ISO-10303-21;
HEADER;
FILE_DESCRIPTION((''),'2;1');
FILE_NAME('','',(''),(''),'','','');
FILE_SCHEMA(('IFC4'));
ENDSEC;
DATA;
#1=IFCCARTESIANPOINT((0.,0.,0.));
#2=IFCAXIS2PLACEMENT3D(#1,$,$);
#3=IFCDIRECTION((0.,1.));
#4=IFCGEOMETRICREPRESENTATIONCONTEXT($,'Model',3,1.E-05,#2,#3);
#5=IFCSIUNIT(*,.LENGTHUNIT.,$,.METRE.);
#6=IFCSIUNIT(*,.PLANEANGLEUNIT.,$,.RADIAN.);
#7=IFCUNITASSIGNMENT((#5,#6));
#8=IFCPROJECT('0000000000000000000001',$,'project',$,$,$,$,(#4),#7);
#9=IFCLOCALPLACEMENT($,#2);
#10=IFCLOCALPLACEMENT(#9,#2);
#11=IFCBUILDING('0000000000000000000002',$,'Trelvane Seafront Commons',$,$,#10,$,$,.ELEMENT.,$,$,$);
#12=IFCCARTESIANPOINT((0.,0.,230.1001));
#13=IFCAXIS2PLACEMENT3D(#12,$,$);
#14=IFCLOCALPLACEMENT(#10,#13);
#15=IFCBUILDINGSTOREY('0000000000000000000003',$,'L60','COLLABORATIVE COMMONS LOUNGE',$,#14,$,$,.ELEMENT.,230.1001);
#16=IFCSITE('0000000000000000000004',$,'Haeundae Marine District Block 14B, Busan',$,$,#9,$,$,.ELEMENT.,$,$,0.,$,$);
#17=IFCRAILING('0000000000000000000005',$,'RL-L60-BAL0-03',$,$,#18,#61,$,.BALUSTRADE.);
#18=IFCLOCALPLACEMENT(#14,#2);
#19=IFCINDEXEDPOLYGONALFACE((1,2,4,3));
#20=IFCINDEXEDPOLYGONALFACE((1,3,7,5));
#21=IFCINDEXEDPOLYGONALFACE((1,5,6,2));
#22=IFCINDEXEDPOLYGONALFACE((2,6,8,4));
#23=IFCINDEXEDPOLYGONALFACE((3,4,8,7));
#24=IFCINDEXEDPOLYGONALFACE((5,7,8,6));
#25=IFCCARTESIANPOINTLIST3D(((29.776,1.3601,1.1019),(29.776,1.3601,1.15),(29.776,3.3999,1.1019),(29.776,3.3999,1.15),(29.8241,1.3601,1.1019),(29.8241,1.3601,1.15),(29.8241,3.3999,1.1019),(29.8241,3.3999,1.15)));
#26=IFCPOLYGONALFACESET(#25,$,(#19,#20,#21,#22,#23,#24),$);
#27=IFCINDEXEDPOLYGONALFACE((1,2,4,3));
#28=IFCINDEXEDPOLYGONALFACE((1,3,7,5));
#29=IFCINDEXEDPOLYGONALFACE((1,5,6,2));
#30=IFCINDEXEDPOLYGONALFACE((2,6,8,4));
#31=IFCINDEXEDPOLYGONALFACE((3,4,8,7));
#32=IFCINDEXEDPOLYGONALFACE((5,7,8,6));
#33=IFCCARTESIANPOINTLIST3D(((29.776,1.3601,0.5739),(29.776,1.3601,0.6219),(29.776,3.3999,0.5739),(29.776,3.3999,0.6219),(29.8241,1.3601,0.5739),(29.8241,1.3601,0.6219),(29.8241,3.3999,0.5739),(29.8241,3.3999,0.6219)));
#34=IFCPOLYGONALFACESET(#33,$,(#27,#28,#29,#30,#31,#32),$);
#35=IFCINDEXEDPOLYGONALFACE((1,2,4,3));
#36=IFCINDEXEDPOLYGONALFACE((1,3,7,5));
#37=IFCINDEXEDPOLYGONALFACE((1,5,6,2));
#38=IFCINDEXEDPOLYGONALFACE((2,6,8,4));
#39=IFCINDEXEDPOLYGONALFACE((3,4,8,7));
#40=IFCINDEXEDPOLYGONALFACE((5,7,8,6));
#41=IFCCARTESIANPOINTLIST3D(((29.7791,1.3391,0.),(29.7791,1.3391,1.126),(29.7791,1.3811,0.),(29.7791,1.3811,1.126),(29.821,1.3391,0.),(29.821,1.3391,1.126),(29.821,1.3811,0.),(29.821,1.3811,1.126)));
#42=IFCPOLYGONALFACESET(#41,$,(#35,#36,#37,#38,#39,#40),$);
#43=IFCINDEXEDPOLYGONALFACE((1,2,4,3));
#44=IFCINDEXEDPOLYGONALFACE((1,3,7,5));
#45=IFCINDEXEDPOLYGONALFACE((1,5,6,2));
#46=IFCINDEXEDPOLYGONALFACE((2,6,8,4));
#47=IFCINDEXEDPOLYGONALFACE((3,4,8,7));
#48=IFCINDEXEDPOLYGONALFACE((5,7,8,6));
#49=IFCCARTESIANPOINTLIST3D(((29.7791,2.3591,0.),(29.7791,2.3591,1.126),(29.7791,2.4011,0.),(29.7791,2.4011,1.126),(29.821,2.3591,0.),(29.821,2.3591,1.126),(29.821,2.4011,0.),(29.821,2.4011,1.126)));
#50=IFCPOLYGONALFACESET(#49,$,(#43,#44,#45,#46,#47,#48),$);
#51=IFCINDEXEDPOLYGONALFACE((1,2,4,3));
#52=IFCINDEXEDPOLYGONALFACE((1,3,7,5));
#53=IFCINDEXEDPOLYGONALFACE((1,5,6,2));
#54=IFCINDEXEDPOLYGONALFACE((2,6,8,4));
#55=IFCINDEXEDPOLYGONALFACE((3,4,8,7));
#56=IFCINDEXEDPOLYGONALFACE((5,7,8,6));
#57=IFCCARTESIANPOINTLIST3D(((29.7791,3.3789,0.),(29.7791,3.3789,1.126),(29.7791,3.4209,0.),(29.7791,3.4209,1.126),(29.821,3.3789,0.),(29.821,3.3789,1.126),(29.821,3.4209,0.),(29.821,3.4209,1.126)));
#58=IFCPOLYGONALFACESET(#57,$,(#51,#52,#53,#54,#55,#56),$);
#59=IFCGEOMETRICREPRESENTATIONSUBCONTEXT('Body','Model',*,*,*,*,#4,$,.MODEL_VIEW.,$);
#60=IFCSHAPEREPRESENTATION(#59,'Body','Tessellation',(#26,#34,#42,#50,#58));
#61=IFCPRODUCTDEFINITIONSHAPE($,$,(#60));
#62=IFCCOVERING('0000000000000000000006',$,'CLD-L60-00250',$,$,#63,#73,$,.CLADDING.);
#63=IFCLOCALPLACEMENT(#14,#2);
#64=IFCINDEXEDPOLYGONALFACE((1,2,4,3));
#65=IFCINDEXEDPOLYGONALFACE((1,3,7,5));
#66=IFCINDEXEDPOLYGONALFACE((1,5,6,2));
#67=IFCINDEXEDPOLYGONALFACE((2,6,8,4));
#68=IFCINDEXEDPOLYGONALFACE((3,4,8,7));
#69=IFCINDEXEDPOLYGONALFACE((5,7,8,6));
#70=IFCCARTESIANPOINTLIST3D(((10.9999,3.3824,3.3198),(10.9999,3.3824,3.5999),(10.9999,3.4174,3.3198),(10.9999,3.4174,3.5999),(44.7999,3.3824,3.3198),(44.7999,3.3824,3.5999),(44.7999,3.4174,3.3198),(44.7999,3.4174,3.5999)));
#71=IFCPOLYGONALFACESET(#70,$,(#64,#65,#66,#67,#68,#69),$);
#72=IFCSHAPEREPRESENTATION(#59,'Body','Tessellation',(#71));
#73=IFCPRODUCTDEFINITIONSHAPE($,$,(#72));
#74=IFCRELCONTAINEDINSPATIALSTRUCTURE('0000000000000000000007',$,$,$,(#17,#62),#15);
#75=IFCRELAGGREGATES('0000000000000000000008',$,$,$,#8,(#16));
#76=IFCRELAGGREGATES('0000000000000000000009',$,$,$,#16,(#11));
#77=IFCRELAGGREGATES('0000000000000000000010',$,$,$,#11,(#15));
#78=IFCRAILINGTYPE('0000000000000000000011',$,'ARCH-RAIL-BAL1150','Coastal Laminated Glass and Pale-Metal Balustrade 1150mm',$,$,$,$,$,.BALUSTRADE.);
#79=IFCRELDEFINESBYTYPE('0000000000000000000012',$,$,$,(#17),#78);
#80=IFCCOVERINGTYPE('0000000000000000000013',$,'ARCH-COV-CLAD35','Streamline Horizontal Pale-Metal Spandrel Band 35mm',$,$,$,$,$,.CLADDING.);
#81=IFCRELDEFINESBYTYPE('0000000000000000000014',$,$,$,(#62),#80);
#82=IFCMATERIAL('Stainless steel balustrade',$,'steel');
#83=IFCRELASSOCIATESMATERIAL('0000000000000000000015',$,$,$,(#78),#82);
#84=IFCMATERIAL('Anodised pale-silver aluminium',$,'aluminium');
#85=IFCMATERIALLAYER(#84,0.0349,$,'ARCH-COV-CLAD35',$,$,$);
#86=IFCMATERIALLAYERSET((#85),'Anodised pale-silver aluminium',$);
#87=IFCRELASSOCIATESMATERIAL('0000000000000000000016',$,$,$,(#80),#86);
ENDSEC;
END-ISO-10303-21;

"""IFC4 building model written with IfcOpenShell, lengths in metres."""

from ifc_helpers import new_model, si_unit, direction, frame, origin, origin_2d, place, context, subcontext, project, spatial, rectangle, extrude, source, transform, mapped, material, layer, layer_set, type_object, element, save


model = new_model("IFC4")

# Units and contexts
model_context = context("Model", 3, precision=1e-05, world=origin(), true_north=direction((0.0, 1.0)))
body_context = subcontext(model_context, "Body", "Model", "MODEL_VIEW")
ifc_project = project(units=[si_unit("LENGTHUNIT", "METRE"), si_unit("PLANEANGLEUNIT", "RADIAN")], contexts=[model_context])

# Site, building, storey
site_placement = place(None, origin())
site = spatial("IfcSite", under=ifc_project, at=site_placement, Name="Haeundae Marine District Block 14B, Busan", CompositionType="ELEMENT", RefElevation=0.0)
building_placement = place(site_placement, origin())
building = spatial("IfcBuilding", under=site, at=building_placement, Name="Trelvane Seafront Commons", CompositionType="ELEMENT")
storey_placement = place(building_placement, frame((0.0, 0.0, 230.1001)))
storey = spatial("IfcBuildingStorey", under=building, at=storey_placement, Name="L60", Description="COLLABORATIVE COMMONS LOUNGE", CompositionType="ELEMENT", Elevation=230.1001)

# Shared definitions
ifc_material_1 = material(Name="Anodised pale-silver aluminium", Category="aluminium")

# Railing
ifc_material_2 = material(Name="Stainless steel balustrade", Category="steel")
railing_type = type_object("IfcRailingType", Name="ARCH-RAIL-BAL1150", Description="Coastal Laminated Glass and Pale-Metal Balustrade 1150mm", PredefinedType="BALUSTRADE", material=ifc_material_2)
railing_1_placement = place(storey_placement, frame((29.8, 1.3601, 0.0)))
element("IfcRailing", 1, at=railing_1_placement, inside=storey, type_object=railing_type, Name="RL-L60-BAL0-03", PredefinedType="BALUSTRADE", context=body_context, shape_type="SweptSolid", body=[
    extrude(rectangle(XDim=0.0481, YDim=0.0481, at=origin_2d()), frame((0.0, 0.0, 1.126), z_axis=(0.0, 1.0, 0.0), x_axis=(-1.0, 0.0, 0.0)), (0.0, 0.0, 1.0), 2.0398),
    extrude(rectangle(XDim=0.0481, YDim=0.0481, at=origin_2d()), frame((0.0, 0.0, 0.5979), z_axis=(0.0, 1.0, 0.0), x_axis=(-1.0, 0.0, 0.0)), (0.0, 0.0, 1.0), 2.0398),
    extrude(rectangle(XDim=0.042, YDim=0.042, at=origin_2d()), origin(), (0.0, 0.0, 1.0), 1.126),
    extrude(rectangle(XDim=0.042, YDim=0.042, at=origin_2d()), frame((0.0, 1.02, 0.0)), (0.0, 0.0, 1.0), 1.126),
    extrude(rectangle(XDim=0.042, YDim=0.042, at=origin_2d()), frame((0.0, 2.0398, 0.0)), (0.0, 0.0, 1.0), 1.126),
])

# Covering
ifc_layer_1 = layer(ifc_material_1, 0.0349, Name="ARCH-COV-CLAD35")
ifc_layer_set_1 = layer_set([ifc_layer_1], Name="Anodised pale-silver aluminium")
covering_type = type_object("IfcCoveringType", Name="ARCH-COV-CLAD35", Description="Streamline Horizontal Pale-Metal Spandrel Band 35mm", PredefinedType="CLADDING", material=ifc_layer_set_1)
shared_shape_1 = source(origin(), body_context, "Body", "SweptSolid", [
    extrude(rectangle(XDim=33.8, YDim=0.0349, at=origin_2d()), origin(), (0.0, 0.0, 1.0), 0.28),
])
covering_placement = place(storey_placement, frame((27.8999, 3.3999, 3.3198), z_axis=(0.0, 0.0, 1.0), x_axis=(-1.0, 0.0, 0.0)))
element("IfcCovering", 2, at=covering_placement, inside=storey, type_object=covering_type, Name="CLD-L60-00250", PredefinedType="CLADDING", context=body_context, shape_type="MappedRepresentation", body=[
    mapped(shared_shape_1, transform((0.0, 0.0, 0.0), x_axis=(1.0, 0.0, 0.0), y_axis=(0.0, 1.0, 0.0), z_axis=(0.0, 0.0, 1.0), scale=1.0)),
])

save(model, "model.ifc")
